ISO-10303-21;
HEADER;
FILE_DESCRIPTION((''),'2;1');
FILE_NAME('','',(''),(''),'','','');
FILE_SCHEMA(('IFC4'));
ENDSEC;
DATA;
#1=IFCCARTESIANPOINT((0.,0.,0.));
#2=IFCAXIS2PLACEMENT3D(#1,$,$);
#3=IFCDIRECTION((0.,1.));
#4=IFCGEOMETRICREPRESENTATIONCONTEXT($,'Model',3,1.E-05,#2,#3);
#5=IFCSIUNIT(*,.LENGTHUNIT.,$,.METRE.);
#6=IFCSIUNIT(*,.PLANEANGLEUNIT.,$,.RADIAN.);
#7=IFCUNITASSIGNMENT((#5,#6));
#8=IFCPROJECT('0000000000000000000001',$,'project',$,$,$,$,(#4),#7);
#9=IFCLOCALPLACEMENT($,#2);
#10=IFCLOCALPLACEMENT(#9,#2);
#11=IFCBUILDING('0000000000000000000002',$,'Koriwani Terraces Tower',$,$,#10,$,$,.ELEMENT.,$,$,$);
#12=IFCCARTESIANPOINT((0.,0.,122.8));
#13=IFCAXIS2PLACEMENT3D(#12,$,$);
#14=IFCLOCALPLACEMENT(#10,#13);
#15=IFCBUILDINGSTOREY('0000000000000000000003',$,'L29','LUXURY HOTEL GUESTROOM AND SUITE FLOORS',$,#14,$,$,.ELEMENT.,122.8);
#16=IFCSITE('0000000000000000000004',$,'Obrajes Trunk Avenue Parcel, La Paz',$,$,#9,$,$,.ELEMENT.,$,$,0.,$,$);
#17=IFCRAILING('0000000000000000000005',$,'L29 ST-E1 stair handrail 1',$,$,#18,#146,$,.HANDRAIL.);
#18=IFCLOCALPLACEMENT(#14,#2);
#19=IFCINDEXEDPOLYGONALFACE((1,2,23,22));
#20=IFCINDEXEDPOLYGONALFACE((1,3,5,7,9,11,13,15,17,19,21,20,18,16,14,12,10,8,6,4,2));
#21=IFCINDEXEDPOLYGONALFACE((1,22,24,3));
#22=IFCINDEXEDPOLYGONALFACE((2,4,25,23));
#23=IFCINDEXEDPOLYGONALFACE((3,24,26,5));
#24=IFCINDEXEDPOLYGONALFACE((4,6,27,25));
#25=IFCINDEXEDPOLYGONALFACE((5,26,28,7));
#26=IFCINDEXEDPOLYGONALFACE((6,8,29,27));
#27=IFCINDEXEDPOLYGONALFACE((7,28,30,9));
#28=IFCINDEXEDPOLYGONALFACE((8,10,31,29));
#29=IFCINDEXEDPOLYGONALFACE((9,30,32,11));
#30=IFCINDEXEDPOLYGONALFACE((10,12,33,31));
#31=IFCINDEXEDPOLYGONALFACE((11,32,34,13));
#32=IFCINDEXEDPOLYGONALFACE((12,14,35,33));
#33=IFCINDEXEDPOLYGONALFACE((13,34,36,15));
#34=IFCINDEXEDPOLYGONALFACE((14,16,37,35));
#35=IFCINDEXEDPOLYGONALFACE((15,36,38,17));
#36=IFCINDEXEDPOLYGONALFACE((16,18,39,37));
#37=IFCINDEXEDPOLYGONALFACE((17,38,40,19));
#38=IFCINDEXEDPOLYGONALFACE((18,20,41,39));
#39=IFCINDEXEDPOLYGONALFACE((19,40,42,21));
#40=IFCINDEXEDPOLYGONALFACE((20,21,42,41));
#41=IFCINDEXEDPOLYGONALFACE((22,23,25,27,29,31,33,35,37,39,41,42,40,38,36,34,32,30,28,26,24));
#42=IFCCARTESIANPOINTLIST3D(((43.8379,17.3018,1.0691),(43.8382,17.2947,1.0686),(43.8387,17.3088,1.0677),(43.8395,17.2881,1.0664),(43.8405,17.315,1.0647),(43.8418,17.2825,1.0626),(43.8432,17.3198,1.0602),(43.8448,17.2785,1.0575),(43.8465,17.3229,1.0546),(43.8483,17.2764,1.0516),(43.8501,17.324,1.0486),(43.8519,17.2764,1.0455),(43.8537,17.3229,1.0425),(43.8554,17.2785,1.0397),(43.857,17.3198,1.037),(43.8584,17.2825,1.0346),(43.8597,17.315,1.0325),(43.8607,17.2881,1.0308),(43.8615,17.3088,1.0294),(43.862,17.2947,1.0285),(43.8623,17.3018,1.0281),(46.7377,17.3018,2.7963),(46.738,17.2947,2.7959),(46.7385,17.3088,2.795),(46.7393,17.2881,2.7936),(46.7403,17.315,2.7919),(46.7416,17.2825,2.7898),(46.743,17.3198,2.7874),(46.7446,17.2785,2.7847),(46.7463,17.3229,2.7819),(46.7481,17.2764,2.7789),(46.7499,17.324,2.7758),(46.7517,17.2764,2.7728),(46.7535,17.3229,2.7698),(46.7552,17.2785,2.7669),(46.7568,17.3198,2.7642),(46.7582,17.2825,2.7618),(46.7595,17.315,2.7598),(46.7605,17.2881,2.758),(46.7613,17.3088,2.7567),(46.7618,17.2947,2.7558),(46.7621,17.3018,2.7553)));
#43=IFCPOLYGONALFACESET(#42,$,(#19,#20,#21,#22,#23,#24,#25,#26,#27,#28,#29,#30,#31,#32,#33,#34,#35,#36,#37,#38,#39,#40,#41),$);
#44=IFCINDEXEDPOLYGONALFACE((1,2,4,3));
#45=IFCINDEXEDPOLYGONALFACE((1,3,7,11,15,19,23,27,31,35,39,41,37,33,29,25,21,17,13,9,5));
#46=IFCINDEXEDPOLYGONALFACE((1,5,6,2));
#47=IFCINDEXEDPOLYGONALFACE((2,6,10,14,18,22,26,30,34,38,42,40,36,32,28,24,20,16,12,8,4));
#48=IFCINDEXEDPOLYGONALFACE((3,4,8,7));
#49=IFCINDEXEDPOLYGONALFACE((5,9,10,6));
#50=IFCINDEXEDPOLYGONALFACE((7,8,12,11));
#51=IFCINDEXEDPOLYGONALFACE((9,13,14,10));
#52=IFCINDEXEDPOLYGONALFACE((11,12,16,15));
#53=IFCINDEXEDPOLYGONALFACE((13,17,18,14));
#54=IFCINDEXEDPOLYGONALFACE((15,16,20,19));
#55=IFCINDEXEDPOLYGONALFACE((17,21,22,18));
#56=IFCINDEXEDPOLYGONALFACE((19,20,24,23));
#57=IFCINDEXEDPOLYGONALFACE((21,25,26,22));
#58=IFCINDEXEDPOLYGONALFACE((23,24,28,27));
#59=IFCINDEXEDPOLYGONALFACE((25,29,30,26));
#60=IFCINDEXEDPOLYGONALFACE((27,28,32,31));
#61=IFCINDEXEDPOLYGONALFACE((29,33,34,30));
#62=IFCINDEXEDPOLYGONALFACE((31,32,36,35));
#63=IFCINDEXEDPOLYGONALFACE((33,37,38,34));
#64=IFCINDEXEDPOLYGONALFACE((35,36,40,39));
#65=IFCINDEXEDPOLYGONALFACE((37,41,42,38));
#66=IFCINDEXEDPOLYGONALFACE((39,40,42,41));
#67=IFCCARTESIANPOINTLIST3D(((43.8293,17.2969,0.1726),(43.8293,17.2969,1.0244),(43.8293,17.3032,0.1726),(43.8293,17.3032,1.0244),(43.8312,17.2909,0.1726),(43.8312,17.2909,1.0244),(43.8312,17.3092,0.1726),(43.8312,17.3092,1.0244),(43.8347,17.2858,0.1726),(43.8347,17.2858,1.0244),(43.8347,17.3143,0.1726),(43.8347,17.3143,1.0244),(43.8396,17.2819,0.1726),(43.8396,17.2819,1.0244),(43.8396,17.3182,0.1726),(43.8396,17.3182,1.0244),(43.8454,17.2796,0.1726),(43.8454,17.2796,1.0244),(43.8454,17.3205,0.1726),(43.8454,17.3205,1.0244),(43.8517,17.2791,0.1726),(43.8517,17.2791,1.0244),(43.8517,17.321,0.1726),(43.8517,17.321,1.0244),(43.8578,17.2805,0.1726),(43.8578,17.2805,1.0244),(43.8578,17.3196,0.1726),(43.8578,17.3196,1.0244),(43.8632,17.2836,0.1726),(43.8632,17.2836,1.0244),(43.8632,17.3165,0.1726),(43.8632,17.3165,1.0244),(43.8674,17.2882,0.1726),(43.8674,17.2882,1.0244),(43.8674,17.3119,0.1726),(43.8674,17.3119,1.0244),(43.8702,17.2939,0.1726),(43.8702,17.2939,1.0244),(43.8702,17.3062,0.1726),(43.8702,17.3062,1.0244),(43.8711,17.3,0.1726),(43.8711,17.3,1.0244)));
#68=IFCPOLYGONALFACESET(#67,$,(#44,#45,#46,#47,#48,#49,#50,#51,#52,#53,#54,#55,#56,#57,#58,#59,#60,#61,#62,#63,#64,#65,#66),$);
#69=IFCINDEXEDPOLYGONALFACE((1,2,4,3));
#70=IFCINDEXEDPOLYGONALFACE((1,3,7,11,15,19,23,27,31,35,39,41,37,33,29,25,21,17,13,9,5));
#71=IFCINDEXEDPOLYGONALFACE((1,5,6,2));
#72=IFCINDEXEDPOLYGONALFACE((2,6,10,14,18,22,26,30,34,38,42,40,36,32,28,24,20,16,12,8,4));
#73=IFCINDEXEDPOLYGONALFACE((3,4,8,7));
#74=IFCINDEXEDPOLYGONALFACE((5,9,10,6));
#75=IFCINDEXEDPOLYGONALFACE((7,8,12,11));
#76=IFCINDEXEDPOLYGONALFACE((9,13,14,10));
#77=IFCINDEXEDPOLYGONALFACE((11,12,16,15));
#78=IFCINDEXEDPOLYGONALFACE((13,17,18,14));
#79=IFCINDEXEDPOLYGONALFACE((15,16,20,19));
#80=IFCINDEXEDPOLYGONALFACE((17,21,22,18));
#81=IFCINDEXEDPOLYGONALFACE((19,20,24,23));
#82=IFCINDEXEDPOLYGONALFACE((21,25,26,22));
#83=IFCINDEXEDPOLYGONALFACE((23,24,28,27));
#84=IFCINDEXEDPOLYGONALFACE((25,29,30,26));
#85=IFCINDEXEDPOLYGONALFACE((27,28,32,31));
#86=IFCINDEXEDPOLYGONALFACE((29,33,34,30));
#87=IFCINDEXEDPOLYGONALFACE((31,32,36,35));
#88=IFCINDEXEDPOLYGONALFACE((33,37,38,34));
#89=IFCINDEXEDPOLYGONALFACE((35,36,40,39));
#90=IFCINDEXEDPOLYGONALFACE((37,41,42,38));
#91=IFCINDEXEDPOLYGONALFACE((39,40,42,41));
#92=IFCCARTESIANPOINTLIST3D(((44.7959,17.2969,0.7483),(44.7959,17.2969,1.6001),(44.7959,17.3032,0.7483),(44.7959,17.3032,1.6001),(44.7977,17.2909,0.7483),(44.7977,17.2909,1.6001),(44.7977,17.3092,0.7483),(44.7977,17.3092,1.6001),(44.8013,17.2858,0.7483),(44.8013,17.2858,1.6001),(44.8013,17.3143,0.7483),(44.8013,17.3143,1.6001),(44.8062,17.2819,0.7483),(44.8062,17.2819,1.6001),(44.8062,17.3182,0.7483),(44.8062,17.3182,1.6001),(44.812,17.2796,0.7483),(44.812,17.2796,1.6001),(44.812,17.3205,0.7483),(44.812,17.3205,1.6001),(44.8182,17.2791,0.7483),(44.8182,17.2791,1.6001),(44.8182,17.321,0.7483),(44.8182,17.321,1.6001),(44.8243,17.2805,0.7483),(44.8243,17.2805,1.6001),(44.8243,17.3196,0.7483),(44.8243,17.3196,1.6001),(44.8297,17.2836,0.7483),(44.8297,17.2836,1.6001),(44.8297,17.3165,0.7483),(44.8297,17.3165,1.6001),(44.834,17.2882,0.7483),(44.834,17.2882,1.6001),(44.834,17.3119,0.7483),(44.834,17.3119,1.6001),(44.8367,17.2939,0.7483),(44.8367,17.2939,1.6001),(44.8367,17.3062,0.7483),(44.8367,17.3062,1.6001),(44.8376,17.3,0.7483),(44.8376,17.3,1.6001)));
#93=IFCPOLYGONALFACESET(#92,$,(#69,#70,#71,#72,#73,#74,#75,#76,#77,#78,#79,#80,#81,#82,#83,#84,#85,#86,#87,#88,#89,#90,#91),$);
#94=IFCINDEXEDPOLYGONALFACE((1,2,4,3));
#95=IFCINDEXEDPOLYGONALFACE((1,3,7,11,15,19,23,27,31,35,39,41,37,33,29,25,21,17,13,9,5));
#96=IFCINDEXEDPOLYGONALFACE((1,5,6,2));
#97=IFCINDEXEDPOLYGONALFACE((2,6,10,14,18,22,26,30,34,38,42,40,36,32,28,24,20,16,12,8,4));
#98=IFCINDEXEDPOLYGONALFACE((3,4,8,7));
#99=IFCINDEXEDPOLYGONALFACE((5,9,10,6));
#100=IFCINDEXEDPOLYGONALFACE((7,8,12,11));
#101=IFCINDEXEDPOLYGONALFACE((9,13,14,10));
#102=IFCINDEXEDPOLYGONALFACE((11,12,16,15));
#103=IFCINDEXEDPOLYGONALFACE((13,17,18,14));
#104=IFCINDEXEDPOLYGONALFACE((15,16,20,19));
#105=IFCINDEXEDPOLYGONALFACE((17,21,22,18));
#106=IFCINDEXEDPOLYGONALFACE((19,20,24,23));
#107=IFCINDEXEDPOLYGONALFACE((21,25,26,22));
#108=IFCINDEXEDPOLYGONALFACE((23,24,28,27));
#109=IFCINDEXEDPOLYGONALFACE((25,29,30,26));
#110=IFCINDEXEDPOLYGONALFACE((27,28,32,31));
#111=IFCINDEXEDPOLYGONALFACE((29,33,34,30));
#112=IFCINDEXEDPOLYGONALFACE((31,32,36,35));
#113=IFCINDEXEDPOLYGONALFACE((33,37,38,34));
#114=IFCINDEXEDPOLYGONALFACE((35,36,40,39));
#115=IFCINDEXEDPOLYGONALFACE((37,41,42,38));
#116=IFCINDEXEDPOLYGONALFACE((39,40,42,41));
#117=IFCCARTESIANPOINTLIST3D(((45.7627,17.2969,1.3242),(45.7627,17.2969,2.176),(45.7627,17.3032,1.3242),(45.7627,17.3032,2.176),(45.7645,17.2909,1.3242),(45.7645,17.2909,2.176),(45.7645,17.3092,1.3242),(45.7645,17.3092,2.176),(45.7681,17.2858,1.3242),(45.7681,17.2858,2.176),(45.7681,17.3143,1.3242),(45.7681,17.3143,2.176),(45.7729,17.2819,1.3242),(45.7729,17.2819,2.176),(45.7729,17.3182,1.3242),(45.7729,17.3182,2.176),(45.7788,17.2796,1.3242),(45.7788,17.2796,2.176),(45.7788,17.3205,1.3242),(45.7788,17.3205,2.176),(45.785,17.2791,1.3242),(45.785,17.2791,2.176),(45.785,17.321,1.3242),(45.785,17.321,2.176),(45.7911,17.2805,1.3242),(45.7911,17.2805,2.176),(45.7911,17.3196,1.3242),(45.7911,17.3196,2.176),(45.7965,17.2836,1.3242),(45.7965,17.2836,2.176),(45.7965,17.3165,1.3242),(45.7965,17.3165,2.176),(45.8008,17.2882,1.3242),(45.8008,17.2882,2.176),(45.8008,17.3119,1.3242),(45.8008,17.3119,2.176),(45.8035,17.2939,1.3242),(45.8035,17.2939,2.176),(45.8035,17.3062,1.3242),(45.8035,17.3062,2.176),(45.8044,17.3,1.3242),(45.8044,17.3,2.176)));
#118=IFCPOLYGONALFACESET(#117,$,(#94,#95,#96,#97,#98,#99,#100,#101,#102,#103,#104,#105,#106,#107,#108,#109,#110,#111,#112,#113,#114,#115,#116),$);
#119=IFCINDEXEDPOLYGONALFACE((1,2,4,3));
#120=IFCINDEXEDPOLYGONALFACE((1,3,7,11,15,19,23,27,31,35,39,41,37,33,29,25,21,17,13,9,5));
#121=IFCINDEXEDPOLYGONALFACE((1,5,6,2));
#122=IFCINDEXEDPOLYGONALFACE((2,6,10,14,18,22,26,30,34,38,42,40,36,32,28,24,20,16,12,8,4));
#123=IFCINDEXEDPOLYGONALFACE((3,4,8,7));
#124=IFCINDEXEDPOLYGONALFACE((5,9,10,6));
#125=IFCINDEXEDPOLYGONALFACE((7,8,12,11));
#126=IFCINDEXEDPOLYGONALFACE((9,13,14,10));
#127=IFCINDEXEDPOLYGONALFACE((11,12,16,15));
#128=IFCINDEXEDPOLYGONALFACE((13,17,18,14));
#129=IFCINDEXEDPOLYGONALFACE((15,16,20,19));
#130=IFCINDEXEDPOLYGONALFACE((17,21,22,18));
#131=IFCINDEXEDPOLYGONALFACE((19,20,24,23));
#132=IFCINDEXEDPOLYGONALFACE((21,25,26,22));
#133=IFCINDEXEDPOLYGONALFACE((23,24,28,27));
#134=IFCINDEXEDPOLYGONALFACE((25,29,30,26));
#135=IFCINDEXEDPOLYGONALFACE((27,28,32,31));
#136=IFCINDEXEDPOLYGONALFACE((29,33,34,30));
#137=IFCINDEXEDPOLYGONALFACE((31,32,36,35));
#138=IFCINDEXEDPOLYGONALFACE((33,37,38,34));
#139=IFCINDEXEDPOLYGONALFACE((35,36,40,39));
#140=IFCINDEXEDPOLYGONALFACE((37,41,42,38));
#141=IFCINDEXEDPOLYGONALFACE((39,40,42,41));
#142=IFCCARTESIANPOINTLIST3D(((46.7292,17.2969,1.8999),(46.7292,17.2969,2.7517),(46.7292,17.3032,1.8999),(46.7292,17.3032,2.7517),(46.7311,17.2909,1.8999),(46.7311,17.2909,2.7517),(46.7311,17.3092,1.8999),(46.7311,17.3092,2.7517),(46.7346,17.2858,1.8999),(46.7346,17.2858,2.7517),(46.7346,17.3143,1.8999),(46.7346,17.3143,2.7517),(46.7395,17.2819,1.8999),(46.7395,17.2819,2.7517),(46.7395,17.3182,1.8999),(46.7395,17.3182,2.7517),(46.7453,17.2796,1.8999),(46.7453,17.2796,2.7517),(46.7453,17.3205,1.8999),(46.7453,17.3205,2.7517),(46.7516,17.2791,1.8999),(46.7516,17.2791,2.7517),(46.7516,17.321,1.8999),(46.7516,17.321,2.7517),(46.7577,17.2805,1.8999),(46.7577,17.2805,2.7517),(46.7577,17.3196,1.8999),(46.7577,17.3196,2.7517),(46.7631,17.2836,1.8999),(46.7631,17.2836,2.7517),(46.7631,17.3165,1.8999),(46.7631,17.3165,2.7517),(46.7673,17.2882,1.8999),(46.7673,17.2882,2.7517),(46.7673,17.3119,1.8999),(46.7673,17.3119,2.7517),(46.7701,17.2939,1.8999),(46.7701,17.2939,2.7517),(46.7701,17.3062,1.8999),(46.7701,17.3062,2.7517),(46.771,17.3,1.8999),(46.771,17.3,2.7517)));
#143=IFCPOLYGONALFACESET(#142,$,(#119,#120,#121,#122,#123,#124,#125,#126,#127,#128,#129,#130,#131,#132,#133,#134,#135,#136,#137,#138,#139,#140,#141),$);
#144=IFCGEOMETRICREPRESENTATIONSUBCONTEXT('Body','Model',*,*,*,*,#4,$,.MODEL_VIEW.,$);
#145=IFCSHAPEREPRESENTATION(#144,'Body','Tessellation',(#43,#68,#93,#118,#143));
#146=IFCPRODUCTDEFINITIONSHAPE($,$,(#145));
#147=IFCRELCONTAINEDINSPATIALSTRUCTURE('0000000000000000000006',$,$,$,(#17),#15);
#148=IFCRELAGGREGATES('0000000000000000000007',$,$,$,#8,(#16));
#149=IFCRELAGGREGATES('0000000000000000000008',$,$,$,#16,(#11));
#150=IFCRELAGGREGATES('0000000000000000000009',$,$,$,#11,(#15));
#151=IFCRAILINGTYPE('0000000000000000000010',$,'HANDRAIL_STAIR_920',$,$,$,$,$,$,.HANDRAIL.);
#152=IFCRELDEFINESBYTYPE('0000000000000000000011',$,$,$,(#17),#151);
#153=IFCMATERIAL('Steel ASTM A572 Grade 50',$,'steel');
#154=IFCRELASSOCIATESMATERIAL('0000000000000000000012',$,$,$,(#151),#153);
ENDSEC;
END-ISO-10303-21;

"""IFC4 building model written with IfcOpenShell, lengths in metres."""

from ifc_helpers import new_model, si_unit, direction, frame, origin, origin_2d, place, context, subcontext, project, spatial, circle, extrude, material, type_object, element, save


model = new_model("IFC4")

# Units and contexts
model_context = context("Model", 3, precision=1e-05, world=origin(), true_north=direction((0.0, 1.0)))
body_context = subcontext(model_context, "Body", "Model", "MODEL_VIEW")
ifc_project = project(units=[si_unit("LENGTHUNIT", "METRE"), si_unit("PLANEANGLEUNIT", "RADIAN")], contexts=[model_context])

# Site, building, storey
site_placement = place(None, origin())
site = spatial("IfcSite", under=ifc_project, at=site_placement, Name="Obrajes Trunk Avenue Parcel, La Paz", CompositionType="ELEMENT", RefElevation=0.0)
building_placement = place(site_placement, origin())
building = spatial("IfcBuilding", under=site, at=building_placement, Name="Koriwani Terraces Tower", CompositionType="ELEMENT")
storey_placement = place(building_placement, frame((0.0, 0.0, 122.8)))
storey = spatial("IfcBuildingStorey", under=building, at=storey_placement, Name="L29", Description="LUXURY HOTEL GUESTROOM AND SUITE FLOORS", CompositionType="ELEMENT", Elevation=122.8)

# Shared definitions
ifc_material_1 = material(Name="Steel ASTM A572 Grade 50", Category="steel")

# Railing
railing_type_1 = type_object("IfcRailingType", Name="HANDRAIL_STAIR_920", PredefinedType="HANDRAIL", material=ifc_material_1)
railing_1_placement = place(storey_placement, frame((43.8501, 17.3, 0.1726)))
element("IfcRailing", 1, at=railing_1_placement, inside=storey, type_object=railing_type_1, Name="L29 ST-E1 stair handrail 1", PredefinedType="HANDRAIL", context=body_context, shape_type="SweptSolid", body=[
    extrude(circle(Radius=0.0239, at=origin_2d()), frame((0.0, 0.0, 0.876), z_axis=(0.859141, 0.0, 0.511738), x_axis=(0.0, 1.0, 0.0)), (0.0, 0.0, 1.0), 3.3752),
    extrude(circle(Radius=0.021, at=origin_2d()), origin(), (0.0, 0.0, 1.0), 0.8518),
    extrude(circle(Radius=0.021, at=origin_2d()), frame((0.9666, 0.0, 0.5757)), (0.0, 0.0, 1.0), 0.8518),
    extrude(circle(Radius=0.021, at=origin_2d()), frame((1.9333, 0.0, 1.1516)), (0.0, 0.0, 1.0), 0.8518),
    extrude(circle(Radius=0.021, at=origin_2d()), frame((2.8999, 0.0, 1.7273)), (0.0, 0.0, 1.0), 0.8518),
])

save(model, "model.ifc")
